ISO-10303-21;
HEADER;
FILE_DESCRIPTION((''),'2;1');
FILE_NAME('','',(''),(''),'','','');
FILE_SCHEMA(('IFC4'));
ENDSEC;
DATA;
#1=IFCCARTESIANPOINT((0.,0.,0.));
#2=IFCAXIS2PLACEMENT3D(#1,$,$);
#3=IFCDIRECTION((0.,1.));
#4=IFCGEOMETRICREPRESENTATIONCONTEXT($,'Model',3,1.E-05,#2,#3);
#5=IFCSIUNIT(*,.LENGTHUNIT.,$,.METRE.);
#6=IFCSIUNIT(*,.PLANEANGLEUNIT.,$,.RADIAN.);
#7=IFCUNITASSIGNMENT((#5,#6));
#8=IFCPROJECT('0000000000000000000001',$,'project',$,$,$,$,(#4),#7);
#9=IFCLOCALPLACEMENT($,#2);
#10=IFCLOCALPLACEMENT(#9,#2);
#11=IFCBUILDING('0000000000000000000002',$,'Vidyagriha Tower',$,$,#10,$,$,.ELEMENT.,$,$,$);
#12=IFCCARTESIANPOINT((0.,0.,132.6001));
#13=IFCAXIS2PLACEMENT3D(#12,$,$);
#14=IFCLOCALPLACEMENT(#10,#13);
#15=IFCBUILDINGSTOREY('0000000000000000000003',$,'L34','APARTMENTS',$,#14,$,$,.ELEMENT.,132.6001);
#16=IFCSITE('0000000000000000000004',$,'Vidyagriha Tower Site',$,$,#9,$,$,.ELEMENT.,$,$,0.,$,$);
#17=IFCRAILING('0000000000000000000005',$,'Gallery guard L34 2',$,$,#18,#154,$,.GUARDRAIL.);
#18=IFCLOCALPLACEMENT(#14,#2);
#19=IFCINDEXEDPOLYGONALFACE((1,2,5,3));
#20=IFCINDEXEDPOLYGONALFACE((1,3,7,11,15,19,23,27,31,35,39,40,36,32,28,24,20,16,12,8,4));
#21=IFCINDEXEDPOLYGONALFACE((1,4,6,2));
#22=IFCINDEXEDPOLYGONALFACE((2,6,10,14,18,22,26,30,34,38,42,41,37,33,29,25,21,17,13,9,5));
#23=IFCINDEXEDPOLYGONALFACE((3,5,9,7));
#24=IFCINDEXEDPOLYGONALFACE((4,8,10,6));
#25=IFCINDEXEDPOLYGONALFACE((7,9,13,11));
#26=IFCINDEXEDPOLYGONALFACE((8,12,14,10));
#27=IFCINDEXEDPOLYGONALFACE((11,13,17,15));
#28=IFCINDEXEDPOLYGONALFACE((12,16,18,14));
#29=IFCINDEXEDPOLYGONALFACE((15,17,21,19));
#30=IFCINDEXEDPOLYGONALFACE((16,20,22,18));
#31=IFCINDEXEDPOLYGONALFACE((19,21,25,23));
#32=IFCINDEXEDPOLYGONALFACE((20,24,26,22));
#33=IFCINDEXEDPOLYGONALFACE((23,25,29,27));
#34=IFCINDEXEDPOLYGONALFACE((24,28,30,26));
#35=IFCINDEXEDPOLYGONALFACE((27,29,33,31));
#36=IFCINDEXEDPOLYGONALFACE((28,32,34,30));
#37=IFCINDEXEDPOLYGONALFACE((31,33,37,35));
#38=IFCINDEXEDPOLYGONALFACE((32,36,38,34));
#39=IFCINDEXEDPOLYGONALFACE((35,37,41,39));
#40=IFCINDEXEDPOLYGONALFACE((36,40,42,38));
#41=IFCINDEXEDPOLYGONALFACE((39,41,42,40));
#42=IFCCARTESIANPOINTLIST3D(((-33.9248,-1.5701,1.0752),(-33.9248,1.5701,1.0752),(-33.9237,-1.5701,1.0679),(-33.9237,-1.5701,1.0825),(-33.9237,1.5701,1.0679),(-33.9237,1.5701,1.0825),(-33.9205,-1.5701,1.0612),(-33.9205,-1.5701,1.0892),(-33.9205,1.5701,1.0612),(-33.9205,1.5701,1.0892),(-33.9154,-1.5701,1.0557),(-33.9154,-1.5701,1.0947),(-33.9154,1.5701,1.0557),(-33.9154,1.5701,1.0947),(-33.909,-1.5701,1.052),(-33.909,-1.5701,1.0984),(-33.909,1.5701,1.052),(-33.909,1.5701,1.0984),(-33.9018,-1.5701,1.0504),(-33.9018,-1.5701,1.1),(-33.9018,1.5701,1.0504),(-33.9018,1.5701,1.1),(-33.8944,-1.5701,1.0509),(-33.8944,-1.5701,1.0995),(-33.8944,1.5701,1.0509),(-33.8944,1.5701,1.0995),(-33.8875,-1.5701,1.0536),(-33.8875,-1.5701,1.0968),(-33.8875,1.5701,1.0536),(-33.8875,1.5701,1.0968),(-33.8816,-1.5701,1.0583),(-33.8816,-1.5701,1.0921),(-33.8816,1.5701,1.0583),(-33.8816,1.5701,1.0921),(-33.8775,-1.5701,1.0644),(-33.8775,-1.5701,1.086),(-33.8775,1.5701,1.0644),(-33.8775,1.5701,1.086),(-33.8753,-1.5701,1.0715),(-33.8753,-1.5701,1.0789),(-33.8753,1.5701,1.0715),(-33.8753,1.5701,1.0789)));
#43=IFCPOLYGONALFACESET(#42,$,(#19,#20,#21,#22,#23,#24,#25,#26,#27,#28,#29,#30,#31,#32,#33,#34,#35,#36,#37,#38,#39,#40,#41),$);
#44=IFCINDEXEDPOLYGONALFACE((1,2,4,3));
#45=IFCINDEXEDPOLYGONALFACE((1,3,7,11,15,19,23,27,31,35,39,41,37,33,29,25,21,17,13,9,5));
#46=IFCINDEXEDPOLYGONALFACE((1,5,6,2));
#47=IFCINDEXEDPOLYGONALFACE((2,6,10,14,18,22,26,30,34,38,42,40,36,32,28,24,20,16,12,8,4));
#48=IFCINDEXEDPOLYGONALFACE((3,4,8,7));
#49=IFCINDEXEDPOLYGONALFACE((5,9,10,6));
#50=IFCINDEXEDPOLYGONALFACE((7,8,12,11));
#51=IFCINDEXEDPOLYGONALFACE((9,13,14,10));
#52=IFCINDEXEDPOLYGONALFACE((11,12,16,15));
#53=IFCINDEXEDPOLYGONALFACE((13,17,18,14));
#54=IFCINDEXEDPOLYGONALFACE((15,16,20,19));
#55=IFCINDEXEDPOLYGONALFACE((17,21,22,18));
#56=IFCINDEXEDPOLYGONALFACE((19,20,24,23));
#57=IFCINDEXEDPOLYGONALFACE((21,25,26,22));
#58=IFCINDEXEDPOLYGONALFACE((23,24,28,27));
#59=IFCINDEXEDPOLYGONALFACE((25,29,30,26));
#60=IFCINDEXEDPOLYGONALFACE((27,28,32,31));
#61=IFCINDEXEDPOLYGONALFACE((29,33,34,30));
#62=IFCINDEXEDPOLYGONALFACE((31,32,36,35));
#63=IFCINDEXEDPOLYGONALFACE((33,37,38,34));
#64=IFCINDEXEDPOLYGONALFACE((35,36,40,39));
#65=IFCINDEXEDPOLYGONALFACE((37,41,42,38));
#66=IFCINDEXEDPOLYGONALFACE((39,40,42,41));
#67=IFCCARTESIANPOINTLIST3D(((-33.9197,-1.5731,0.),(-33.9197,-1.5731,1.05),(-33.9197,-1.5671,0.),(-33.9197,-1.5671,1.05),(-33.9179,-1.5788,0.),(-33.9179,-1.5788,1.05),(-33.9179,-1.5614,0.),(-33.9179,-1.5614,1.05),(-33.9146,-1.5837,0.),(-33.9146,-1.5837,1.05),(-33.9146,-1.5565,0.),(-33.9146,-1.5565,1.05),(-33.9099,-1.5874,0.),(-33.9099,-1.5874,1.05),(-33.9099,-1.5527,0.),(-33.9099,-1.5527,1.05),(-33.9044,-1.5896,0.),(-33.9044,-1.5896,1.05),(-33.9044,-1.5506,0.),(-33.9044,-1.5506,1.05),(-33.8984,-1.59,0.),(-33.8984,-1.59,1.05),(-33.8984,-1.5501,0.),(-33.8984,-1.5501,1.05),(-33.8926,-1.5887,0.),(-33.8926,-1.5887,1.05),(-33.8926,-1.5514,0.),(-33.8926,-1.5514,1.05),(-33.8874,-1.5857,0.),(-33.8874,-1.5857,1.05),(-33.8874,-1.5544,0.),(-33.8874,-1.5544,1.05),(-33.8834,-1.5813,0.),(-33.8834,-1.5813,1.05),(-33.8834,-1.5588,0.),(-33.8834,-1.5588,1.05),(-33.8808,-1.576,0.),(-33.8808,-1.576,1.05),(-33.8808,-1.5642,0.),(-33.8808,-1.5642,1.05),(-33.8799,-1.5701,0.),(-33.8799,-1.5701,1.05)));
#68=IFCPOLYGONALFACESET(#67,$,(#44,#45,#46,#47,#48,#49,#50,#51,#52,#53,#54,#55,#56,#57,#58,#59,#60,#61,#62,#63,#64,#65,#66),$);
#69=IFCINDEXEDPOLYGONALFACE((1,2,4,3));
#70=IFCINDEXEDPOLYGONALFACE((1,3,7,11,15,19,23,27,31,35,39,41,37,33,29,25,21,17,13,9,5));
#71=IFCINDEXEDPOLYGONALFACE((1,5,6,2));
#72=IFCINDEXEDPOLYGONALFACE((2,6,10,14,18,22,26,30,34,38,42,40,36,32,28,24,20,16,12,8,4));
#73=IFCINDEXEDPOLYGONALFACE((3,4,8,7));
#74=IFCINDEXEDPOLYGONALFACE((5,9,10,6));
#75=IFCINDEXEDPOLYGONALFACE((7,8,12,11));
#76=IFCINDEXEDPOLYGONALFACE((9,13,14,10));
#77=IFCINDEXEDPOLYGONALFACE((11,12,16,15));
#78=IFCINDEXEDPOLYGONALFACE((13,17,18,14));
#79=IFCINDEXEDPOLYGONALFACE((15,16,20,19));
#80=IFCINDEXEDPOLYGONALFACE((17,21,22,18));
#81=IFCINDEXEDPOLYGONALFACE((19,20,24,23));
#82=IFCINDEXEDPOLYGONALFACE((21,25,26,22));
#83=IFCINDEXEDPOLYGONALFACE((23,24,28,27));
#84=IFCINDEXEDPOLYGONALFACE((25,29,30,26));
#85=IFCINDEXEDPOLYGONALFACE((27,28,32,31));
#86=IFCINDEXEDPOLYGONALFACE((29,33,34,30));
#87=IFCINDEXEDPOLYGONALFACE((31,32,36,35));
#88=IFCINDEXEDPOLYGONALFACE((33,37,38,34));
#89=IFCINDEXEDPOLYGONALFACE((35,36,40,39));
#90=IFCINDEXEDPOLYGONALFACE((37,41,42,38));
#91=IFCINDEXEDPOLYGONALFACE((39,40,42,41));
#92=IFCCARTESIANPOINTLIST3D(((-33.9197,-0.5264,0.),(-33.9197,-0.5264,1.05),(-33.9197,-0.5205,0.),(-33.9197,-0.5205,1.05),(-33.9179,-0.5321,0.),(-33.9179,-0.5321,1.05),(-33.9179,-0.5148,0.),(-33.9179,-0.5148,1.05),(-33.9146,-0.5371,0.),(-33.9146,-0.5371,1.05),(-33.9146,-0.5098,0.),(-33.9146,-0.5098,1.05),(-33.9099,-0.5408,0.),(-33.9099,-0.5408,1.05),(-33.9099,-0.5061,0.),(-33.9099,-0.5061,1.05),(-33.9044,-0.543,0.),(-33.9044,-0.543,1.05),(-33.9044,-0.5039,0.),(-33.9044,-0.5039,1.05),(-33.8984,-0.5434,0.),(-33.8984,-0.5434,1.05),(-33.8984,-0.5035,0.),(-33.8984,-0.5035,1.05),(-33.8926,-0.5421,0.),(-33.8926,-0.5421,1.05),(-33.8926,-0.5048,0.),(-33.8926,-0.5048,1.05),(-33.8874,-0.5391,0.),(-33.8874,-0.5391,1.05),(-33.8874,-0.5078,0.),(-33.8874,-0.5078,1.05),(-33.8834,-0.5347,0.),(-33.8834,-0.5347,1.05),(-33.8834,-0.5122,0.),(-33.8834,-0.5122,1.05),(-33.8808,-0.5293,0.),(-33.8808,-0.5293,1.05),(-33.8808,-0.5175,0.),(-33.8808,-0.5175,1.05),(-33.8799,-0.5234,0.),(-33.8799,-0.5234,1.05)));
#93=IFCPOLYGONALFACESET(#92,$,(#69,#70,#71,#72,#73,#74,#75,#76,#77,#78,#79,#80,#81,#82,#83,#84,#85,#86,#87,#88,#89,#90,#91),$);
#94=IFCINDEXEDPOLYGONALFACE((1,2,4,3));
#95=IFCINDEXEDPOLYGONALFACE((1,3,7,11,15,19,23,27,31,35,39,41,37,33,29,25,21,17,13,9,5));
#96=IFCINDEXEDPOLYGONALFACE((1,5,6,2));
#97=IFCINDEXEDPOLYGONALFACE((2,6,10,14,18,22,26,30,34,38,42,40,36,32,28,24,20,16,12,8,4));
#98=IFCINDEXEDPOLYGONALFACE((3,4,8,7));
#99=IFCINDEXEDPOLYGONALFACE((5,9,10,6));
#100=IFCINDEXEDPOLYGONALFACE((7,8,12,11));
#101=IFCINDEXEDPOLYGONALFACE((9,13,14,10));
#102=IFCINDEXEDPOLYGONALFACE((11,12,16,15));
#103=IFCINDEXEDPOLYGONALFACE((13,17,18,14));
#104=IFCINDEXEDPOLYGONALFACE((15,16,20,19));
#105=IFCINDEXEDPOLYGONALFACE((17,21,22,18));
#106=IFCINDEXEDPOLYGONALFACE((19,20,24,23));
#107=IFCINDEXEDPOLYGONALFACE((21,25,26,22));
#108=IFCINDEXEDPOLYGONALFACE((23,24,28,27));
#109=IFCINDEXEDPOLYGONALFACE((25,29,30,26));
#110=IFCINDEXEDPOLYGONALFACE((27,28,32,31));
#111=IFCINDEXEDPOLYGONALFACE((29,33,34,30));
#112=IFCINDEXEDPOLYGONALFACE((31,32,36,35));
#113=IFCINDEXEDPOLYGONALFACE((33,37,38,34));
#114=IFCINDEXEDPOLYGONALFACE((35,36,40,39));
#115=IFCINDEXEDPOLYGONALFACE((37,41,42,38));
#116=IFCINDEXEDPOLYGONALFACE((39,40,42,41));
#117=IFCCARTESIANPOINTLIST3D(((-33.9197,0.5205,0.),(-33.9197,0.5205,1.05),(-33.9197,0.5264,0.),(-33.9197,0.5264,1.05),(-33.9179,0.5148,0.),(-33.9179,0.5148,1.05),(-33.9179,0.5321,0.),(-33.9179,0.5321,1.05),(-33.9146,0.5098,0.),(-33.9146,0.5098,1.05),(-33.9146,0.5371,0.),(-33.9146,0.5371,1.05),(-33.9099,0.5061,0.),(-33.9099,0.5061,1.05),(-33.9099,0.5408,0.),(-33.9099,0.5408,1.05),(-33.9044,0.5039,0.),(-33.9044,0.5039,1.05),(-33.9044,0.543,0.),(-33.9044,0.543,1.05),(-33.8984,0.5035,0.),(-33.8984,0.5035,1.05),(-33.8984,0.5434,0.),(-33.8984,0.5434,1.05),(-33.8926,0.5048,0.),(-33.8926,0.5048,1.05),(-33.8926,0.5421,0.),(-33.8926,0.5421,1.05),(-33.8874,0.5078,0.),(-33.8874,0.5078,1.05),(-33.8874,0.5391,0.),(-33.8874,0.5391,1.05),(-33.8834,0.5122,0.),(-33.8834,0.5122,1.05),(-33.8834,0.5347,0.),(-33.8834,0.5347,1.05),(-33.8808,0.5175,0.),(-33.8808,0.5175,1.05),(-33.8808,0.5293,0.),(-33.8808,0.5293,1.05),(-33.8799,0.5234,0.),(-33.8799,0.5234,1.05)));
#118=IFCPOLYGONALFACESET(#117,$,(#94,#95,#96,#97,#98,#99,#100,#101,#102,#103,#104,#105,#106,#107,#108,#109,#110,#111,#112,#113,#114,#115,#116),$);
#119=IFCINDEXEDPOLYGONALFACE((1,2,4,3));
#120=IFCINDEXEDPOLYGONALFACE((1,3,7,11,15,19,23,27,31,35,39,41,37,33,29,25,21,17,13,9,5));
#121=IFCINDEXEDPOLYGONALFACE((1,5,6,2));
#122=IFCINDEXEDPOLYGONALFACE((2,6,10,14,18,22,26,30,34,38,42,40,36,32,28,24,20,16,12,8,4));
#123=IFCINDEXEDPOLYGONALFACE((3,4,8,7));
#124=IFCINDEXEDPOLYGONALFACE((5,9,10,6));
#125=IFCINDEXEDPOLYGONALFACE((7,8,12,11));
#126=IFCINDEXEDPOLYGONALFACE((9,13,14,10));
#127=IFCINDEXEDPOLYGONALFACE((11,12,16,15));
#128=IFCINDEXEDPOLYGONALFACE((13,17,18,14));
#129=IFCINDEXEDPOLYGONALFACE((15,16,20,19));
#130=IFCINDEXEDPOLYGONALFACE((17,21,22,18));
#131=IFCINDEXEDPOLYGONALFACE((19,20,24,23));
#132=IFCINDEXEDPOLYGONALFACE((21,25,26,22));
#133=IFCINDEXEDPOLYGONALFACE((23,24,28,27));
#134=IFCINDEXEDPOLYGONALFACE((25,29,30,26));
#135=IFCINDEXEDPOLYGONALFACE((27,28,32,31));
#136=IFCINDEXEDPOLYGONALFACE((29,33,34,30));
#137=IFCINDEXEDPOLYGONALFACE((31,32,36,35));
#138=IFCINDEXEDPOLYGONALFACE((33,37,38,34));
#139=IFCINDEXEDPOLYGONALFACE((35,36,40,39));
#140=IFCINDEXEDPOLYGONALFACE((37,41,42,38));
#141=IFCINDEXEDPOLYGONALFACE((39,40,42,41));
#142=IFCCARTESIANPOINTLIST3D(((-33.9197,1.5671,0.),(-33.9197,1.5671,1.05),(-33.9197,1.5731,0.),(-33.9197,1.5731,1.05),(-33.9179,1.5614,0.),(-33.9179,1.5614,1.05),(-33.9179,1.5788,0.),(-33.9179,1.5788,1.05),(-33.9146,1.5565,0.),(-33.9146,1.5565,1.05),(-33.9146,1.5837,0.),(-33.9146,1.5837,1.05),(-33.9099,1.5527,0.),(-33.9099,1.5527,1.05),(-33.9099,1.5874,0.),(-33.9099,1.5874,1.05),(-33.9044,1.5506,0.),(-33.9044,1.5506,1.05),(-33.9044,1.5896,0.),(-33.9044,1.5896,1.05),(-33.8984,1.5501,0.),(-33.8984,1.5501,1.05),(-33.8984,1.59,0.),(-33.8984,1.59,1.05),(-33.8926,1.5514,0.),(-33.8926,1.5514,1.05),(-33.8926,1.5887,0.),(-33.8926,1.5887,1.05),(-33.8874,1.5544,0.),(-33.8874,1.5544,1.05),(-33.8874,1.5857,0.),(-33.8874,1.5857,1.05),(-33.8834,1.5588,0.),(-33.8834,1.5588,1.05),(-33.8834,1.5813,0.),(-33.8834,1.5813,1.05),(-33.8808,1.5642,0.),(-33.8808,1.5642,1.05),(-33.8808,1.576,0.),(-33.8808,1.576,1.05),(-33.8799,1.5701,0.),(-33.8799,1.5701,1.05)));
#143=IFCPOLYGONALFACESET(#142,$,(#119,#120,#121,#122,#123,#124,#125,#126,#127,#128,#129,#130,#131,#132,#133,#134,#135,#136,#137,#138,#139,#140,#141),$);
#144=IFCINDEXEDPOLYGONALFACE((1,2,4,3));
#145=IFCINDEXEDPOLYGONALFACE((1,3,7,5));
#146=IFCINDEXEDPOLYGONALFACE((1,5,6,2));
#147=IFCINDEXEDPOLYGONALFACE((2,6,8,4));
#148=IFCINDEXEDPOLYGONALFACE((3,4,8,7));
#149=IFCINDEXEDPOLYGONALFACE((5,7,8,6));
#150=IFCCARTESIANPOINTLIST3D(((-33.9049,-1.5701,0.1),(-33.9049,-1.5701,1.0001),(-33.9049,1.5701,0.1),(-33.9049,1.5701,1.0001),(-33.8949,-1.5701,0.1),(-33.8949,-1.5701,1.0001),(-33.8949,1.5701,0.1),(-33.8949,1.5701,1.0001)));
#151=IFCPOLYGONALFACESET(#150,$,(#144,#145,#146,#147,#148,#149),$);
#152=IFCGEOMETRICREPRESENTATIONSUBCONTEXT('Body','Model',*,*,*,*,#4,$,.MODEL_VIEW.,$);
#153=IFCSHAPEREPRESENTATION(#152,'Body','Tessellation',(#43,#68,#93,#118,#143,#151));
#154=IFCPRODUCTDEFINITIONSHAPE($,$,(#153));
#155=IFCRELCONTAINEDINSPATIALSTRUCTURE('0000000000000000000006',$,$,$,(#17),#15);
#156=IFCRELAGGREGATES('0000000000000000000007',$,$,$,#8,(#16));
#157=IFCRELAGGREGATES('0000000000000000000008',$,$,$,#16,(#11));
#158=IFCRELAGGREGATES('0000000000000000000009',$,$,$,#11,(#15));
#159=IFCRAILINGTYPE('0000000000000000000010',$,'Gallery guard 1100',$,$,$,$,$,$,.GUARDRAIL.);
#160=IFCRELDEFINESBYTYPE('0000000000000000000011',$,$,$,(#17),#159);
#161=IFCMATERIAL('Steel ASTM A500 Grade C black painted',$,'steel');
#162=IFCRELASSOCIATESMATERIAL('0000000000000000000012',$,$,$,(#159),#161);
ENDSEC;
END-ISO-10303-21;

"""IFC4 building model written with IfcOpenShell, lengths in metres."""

from ifc_helpers import new_model, si_unit, direction, frame, origin, origin_2d, place, context, subcontext, project, spatial, rectangle, circle, extrude, material, type_object, element, save


model = new_model("IFC4")

# Units and contexts
model_context = context("Model", 3, precision=1e-05, world=origin(), true_north=direction((0.0, 1.0)))
body_context = subcontext(model_context, "Body", "Model", "MODEL_VIEW")
ifc_project = project(units=[si_unit("LENGTHUNIT", "METRE"), si_unit("PLANEANGLEUNIT", "RADIAN")], contexts=[model_context])

# Site, building, storey
site_placement = place(None, origin())
site = spatial("IfcSite", under=ifc_project, at=site_placement, Name="Vidyagriha Tower Site", CompositionType="ELEMENT", RefElevation=0.0)
building_placement = place(site_placement, origin())
building = spatial("IfcBuilding", under=site, at=building_placement, Name="Vidyagriha Tower", CompositionType="ELEMENT")
storey_placement = place(building_placement, frame((0.0, 0.0, 132.6001)))
storey = spatial("IfcBuildingStorey", under=building, at=storey_placement, Name="L34", Description="APARTMENTS", CompositionType="ELEMENT", Elevation=132.6001)

# Railing
ifc_material_1 = material(Name="Steel ASTM A500 Grade C black painted", Category="steel")
railing_type_1 = type_object("IfcRailingType", Name="Gallery guard 1100", PredefinedType="GUARDRAIL", material=ifc_material_1)
railing_1_placement = place(storey_placement, frame((-33.8999, -1.5701, 0.0)))
element("IfcRailing", 1, at=railing_1_placement, inside=storey, type_object=railing_type_1, Name="Gallery guard L34 2", PredefinedType="GUARDRAIL", context=body_context, shape_type="SweptSolid", body=[
    extrude(circle(Radius=0.0249, at=origin_2d()), frame((0.0, 0.0, 1.0752), z_axis=(0.0, 1.0, 0.0), x_axis=(-1.0, 0.0, 0.0)), (0.0, 0.0, 1.0), 3.1401),
    extrude(circle(Radius=0.02, at=origin_2d()), origin(), (0.0, 0.0, 1.0), 1.05),
    extrude(circle(Radius=0.02, at=origin_2d()), frame((0.0, 1.0466, 0.0)), (0.0, 0.0, 1.0), 1.05),
    extrude(circle(Radius=0.02, at=origin_2d()), frame((0.0, 2.0935, 0.0)), (0.0, 0.0, 1.0), 1.05),
    extrude(circle(Radius=0.02, at=origin_2d()), frame((0.0, 3.1401, 0.0)), (0.0, 0.0, 1.0), 1.05),
    extrude(rectangle(XDim=0.01, YDim=0.9001, at=origin_2d()), frame((0.0, 0.0, 0.55), z_axis=(0.0, 1.0, 0.0), x_axis=(-1.0, 0.0, 0.0)), (0.0, 0.0, 1.0), 3.1401),
])

save(model, "model.ifc")
